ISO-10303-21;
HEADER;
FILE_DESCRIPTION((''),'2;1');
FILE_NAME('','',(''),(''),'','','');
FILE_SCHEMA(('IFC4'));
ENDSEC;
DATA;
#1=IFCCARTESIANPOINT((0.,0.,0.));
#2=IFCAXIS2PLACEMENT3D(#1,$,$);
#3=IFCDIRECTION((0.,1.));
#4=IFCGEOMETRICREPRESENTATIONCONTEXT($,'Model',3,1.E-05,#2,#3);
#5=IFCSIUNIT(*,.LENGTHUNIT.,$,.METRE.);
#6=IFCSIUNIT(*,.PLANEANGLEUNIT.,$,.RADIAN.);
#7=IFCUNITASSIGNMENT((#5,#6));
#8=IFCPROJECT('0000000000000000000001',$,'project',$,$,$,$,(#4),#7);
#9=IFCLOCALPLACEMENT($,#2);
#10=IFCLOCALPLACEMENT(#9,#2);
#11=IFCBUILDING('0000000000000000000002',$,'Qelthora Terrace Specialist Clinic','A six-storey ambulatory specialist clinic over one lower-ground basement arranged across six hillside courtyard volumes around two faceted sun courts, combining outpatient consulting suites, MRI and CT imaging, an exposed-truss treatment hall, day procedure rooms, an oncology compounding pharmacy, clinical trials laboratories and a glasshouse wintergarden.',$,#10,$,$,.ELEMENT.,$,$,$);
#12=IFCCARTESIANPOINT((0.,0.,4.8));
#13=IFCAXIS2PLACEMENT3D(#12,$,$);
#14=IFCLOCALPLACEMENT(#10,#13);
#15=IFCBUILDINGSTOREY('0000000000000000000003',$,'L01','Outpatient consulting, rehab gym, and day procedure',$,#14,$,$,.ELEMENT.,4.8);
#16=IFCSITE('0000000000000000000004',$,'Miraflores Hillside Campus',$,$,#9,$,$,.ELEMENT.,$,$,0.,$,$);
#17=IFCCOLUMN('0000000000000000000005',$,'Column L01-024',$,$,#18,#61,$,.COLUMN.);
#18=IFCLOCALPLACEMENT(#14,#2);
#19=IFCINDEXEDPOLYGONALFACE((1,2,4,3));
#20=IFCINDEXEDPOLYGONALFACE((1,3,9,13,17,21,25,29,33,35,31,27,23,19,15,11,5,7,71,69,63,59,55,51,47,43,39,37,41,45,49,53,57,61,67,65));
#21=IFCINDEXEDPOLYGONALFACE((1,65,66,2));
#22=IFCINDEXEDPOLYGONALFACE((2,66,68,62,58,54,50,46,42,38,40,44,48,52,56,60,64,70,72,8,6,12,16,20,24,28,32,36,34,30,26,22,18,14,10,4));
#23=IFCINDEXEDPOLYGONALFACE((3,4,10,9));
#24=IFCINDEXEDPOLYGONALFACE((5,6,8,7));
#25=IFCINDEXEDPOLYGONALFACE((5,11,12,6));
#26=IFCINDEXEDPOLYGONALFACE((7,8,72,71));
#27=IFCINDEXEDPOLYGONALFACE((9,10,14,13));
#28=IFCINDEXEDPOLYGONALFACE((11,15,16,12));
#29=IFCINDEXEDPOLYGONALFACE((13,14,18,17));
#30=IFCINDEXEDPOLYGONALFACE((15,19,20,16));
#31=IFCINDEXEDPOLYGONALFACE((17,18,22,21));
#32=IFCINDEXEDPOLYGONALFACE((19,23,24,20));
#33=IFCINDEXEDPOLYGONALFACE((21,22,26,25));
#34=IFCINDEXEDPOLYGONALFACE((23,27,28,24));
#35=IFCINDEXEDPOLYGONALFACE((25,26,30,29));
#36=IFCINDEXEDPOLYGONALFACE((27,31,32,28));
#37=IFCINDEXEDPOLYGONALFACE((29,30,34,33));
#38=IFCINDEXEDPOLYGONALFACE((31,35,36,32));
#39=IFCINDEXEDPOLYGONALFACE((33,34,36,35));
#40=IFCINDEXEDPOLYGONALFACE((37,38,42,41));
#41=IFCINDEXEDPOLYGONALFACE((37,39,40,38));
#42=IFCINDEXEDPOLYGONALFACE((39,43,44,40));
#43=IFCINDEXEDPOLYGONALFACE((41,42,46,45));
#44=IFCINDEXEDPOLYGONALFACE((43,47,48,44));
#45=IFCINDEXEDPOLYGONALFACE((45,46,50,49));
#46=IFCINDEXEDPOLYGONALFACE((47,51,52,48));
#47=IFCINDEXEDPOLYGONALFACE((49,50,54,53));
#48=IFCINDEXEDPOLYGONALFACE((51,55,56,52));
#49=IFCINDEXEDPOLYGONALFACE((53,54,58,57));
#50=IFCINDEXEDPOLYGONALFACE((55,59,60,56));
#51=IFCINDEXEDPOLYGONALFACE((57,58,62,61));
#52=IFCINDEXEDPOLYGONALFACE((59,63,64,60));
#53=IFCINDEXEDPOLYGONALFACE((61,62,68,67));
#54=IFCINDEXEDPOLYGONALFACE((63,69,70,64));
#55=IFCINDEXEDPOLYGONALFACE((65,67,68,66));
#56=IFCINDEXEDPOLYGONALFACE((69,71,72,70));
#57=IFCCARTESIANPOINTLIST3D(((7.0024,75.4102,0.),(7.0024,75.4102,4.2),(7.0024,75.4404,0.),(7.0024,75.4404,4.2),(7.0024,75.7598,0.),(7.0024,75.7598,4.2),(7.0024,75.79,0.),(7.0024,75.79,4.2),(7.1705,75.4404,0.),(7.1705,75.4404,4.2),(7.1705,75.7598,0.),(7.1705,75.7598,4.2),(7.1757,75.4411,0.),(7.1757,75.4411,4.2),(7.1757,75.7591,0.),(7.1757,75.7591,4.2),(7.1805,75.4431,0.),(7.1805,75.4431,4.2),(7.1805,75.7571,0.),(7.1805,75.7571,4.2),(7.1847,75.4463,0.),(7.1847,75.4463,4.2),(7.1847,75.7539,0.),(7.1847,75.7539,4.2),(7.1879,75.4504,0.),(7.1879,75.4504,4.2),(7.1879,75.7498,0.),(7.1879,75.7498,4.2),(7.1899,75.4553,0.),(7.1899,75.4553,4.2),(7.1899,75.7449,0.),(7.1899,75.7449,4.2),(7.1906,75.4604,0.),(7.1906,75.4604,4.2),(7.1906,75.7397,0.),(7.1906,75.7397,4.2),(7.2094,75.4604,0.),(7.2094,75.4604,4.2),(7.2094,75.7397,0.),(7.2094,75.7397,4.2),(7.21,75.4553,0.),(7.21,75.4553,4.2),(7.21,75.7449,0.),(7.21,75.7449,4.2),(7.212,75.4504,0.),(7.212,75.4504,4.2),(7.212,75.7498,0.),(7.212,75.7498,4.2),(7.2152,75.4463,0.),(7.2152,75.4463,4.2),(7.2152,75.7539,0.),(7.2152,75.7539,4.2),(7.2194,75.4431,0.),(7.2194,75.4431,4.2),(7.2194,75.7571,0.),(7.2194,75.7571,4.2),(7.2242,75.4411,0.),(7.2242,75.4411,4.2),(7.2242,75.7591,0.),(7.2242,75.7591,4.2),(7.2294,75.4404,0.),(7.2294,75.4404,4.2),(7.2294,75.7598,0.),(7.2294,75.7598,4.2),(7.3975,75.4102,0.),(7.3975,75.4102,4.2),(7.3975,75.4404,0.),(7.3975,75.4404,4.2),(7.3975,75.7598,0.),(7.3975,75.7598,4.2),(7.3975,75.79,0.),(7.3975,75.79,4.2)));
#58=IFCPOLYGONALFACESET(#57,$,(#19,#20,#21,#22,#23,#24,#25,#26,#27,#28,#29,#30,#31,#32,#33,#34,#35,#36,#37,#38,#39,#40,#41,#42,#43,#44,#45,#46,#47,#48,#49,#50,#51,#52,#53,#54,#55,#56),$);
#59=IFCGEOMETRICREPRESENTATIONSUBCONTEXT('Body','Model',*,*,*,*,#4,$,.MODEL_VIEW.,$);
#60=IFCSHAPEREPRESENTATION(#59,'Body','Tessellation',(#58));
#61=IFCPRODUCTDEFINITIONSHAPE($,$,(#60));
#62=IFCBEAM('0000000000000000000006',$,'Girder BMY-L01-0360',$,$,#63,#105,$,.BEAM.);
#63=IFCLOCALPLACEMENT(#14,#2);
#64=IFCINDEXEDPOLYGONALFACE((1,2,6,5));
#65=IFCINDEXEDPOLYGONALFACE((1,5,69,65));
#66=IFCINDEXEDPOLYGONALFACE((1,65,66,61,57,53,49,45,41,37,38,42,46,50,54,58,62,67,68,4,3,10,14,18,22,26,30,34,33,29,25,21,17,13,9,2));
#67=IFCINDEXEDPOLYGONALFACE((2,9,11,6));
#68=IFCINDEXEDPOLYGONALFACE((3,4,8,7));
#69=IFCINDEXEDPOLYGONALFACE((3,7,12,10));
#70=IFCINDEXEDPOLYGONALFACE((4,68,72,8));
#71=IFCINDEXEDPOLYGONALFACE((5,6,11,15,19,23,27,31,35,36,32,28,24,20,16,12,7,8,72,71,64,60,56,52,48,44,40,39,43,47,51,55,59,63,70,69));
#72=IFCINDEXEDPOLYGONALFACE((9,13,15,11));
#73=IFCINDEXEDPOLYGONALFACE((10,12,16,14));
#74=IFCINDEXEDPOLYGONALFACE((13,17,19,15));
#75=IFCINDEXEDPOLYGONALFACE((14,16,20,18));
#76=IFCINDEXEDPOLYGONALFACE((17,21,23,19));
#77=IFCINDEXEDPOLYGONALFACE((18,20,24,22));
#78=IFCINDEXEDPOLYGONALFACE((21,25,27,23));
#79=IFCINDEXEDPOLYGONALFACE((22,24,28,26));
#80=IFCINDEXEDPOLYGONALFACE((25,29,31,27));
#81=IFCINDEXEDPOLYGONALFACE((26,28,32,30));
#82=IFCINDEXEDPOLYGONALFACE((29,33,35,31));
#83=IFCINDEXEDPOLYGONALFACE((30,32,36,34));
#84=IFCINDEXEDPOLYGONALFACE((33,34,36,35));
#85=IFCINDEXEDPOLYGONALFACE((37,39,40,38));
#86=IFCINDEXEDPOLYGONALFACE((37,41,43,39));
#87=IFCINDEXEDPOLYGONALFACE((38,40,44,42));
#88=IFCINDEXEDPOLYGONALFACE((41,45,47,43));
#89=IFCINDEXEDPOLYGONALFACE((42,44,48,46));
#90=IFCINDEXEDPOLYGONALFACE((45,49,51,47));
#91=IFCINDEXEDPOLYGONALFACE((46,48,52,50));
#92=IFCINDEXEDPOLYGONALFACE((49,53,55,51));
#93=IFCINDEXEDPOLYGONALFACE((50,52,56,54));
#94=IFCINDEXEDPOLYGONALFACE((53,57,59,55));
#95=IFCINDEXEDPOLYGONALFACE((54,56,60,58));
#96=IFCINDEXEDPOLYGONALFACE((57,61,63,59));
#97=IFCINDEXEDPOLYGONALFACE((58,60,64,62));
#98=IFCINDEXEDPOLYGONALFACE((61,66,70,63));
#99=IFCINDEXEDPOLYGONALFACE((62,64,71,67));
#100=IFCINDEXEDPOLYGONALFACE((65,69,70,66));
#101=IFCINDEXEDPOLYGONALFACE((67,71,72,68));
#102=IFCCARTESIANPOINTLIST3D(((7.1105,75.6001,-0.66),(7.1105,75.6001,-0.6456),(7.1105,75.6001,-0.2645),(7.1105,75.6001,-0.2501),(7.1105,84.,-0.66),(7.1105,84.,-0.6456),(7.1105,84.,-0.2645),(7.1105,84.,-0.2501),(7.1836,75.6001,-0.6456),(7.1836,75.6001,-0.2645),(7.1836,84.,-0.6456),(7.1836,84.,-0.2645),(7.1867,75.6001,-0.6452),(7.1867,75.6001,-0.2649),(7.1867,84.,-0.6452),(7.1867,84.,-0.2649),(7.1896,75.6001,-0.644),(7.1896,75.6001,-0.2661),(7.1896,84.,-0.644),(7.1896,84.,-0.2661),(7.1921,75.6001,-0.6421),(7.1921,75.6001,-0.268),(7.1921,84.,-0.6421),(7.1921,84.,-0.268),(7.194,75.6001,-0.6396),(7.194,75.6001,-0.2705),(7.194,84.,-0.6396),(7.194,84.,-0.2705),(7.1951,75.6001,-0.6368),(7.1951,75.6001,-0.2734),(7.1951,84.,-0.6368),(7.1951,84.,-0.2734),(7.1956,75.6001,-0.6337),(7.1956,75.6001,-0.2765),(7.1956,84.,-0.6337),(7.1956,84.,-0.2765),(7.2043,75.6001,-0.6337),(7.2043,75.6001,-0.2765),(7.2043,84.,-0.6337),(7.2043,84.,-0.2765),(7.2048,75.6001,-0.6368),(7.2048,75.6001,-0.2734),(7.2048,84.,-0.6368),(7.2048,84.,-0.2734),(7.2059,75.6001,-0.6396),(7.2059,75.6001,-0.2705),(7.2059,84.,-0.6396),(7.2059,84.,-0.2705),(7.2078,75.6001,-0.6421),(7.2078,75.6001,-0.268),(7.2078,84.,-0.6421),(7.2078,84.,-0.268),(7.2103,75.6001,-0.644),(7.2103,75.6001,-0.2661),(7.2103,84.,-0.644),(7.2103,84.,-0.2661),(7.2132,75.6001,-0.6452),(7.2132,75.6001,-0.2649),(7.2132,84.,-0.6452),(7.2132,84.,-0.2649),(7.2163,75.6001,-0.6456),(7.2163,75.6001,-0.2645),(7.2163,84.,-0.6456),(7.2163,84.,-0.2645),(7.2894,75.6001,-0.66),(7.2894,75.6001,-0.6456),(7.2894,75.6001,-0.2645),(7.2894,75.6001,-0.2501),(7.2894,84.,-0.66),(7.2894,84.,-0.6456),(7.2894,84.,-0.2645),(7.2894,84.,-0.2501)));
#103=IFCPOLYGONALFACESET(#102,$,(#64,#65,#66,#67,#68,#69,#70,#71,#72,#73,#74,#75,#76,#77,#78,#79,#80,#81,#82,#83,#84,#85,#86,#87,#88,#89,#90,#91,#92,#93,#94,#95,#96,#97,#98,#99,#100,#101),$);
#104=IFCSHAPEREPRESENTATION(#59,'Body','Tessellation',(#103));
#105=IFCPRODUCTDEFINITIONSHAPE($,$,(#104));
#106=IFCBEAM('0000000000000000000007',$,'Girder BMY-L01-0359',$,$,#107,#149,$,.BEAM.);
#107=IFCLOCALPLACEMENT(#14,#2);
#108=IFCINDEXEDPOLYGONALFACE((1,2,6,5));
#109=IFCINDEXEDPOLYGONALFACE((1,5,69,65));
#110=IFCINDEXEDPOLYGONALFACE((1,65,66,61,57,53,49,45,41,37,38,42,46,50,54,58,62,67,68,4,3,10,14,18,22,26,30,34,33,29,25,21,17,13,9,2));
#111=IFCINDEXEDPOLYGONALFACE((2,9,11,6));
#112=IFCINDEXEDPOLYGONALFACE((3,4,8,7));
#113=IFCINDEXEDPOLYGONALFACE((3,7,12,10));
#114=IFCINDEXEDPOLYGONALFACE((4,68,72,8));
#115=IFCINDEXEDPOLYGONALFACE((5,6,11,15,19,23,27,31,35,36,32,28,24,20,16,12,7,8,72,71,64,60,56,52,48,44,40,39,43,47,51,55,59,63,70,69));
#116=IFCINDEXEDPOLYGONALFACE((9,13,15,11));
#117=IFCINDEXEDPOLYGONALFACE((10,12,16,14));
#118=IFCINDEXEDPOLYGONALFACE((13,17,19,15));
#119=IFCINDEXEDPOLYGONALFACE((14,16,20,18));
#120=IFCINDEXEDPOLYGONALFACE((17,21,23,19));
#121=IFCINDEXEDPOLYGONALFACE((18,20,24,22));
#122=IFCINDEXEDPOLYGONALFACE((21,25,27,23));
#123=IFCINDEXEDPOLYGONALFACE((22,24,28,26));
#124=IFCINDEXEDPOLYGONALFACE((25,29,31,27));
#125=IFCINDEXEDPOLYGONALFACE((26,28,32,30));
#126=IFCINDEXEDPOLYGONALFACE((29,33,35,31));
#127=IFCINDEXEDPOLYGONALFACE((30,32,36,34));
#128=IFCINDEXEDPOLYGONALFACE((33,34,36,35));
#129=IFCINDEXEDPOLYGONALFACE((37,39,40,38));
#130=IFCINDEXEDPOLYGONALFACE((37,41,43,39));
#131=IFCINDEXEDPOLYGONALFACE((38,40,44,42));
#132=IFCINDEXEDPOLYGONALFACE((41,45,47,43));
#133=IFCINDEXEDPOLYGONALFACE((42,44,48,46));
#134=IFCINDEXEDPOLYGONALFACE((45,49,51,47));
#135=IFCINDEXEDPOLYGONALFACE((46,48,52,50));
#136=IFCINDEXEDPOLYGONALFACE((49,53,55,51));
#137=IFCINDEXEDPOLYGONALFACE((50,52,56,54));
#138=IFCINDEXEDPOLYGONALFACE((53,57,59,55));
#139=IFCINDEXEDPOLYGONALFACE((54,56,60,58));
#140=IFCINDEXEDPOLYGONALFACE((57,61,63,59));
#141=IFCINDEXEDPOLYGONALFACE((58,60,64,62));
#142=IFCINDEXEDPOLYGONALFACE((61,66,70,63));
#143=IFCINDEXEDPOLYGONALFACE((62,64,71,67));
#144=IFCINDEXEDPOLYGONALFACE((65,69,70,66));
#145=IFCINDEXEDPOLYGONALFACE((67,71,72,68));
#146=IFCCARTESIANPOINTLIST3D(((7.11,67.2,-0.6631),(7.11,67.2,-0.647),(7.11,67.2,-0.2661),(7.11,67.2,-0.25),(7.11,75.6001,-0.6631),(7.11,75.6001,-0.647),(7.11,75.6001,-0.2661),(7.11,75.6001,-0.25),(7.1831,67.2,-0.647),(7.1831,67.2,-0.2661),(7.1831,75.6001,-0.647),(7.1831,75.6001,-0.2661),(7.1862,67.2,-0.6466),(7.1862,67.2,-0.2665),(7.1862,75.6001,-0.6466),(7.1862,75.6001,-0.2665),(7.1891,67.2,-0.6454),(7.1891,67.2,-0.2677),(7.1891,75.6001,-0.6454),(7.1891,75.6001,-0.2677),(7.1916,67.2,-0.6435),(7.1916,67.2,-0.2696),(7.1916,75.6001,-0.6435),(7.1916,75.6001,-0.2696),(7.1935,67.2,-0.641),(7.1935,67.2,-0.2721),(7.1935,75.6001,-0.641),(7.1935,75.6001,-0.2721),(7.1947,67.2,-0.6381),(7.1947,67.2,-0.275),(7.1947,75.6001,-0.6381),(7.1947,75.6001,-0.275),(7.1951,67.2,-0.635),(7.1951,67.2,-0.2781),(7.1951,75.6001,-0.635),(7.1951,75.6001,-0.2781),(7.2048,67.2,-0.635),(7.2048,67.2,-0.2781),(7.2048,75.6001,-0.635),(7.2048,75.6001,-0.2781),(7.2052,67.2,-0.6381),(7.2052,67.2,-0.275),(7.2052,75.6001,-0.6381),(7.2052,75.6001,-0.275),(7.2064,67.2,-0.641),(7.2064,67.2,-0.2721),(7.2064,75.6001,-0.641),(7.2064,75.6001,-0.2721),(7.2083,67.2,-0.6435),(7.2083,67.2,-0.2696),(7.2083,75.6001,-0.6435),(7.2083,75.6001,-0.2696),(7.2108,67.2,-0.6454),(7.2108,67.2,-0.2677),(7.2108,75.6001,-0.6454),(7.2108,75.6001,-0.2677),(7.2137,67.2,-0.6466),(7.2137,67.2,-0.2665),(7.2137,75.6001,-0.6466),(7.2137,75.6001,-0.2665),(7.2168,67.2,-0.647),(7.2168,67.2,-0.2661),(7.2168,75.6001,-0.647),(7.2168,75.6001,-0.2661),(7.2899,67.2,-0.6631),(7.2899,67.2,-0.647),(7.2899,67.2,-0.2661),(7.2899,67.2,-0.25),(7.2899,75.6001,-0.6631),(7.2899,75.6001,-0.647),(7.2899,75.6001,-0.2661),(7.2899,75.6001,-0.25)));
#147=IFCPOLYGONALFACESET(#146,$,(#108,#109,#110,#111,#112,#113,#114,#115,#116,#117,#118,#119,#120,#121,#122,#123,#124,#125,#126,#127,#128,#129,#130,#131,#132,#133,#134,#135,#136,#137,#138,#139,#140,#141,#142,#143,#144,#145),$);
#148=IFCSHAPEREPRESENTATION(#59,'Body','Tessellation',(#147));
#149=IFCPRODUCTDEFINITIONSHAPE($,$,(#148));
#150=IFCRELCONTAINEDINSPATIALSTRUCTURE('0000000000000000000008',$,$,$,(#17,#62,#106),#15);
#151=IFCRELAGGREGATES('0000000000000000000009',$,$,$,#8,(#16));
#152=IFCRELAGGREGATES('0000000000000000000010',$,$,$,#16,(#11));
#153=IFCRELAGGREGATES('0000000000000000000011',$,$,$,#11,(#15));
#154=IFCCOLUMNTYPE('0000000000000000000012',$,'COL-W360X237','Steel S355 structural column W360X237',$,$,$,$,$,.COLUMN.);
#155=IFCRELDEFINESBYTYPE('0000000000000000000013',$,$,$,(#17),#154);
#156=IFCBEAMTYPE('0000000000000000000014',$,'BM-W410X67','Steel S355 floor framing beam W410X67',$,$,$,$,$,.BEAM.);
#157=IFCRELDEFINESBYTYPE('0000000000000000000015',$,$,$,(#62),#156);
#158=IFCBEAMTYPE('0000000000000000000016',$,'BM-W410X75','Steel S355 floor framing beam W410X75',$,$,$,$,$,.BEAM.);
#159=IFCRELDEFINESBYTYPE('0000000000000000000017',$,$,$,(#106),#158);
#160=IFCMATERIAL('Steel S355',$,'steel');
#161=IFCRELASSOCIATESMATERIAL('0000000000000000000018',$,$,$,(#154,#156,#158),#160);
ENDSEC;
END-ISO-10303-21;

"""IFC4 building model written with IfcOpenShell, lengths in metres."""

from ifc_helpers import new_model, si_unit, direction, frame, origin, origin_2d, place, context, subcontext, project, spatial, i_section, extrude, material, material_profile, profile_set, type_object, element, save


model = new_model("IFC4")

# Units and contexts
model_context = context("Model", 3, precision=1e-05, world=origin(), true_north=direction((0.0, 1.0)))
body_context = subcontext(model_context, "Body", "Model", "MODEL_VIEW")
ifc_project = project(units=[si_unit("LENGTHUNIT", "METRE"), si_unit("PLANEANGLEUNIT", "RADIAN")], contexts=[model_context])

# Site, building, storey
site_placement = place(None, origin())
site = spatial("IfcSite", under=ifc_project, at=site_placement, Name="Miraflores Hillside Campus", CompositionType="ELEMENT", RefElevation=0.0)
building_placement = place(site_placement, origin())
building = spatial("IfcBuilding", under=site, at=building_placement, Name="Qelthora Terrace Specialist Clinic", Description="A six-storey ambulatory specialist clinic over one lower-ground basement arranged across six hillside courtyard volumes around two faceted sun courts, combining outpatient consulting suites, MRI and CT imaging, an exposed-truss treatment hall, day procedure rooms, an oncology compounding pharmacy, clinical trials laboratories and a glasshouse wintergarden.", CompositionType="ELEMENT")
storey_placement = place(building_placement, frame((0.0, 0.0, 4.8)))
storey = spatial("IfcBuildingStorey", under=building, at=storey_placement, Name="L01", Description="Outpatient consulting, rehab gym, and day procedure", CompositionType="ELEMENT", Elevation=4.8)

# Column
ifc_material_1 = material(Name="Steel S355", Category="steel")
ifc_material_profile_1 = material_profile(ifc_material_1, i_section(OverallWidth=0.395, OverallDepth=0.3799, WebThickness=0.0188, FlangeThickness=0.0303, FilletRadius=0.02, at=origin_2d()), Name="W360X237")
ifc_profile_set_1 = profile_set([ifc_material_profile_1], Name="Steel S355")
column_type_1 = type_object("IfcColumnType", Name="COL-W360X237", Description="Steel S355 structural column W360X237", PredefinedType="COLUMN", material=ifc_profile_set_1)
column_1_placement = place(storey_placement, frame((7.2, 75.6001, 0.0), z_axis=(0.0, 0.0, 1.0), x_axis=(1.0, 0.0, 0.0)))
element("IfcColumn", 1, at=column_1_placement, inside=storey, type_object=column_type_1, Name="Column L01-024", PredefinedType="COLUMN", context=body_context, shape_type="SweptSolid", body=[
    extrude(i_section(OverallWidth=0.395, OverallDepth=0.3799, WebThickness=0.0188, FlangeThickness=0.0303, FilletRadius=0.02, at=origin_2d()), origin(), (0.0, 0.0, 1.0), 4.2),
])

# Beams
ifc_material_profile_2 = material_profile(ifc_material_1, i_section(OverallWidth=0.179, OverallDepth=0.4099, WebThickness=0.0088, FlangeThickness=0.0144, FilletRadius=0.012, at=origin_2d()), Name="W410X67")
ifc_profile_set_2 = profile_set([ifc_material_profile_2], Name="Steel S355")
beam_type_1 = type_object("IfcBeamType", Name="BM-W410X67", Description="Steel S355 floor framing beam W410X67", PredefinedType="BEAM", material=ifc_profile_set_2)
beam_1_placement = place(storey_placement, frame((7.2, 75.6001, -0.4551), z_axis=(0.0, 1.0, 0.0), x_axis=(-1.0, 0.0, 0.0)))
element("IfcBeam", 2, at=beam_1_placement, inside=storey, type_object=beam_type_1, Name="Girder BMY-L01-0360", PredefinedType="BEAM", context=body_context, shape_type="SweptSolid", body=[
    extrude(i_section(OverallWidth=0.179, OverallDepth=0.4099, WebThickness=0.0088, FlangeThickness=0.0144, FilletRadius=0.012, at=origin_2d()), origin(), (0.0, 0.0, 1.0), 8.3999),
])
ifc_material_profile_3 = material_profile(ifc_material_1, i_section(OverallWidth=0.1799, OverallDepth=0.4131, WebThickness=0.0098, FlangeThickness=0.0161, FilletRadius=0.012, at=origin_2d()), Name="W410X75")
ifc_profile_set_3 = profile_set([ifc_material_profile_3], Name="Steel S355")
beam_type_2 = type_object("IfcBeamType", Name="BM-W410X75", Description="Steel S355 floor framing beam W410X75", PredefinedType="BEAM", material=ifc_profile_set_3)
beam_2_placement = place(storey_placement, frame((7.2, 67.2, -0.4565), z_axis=(0.0, 1.0, 0.0), x_axis=(-1.0, 0.0, 0.0)))
element("IfcBeam", 3, at=beam_2_placement, inside=storey, type_object=beam_type_2, Name="Girder BMY-L01-0359", PredefinedType="BEAM", context=body_context, shape_type="SweptSolid", body=[
    extrude(i_section(OverallWidth=0.1799, OverallDepth=0.4131, WebThickness=0.0098, FlangeThickness=0.0161, FilletRadius=0.012, at=origin_2d()), origin(), (0.0, 0.0, 1.0), 8.4001),
])

save(model, "model.ifc")
